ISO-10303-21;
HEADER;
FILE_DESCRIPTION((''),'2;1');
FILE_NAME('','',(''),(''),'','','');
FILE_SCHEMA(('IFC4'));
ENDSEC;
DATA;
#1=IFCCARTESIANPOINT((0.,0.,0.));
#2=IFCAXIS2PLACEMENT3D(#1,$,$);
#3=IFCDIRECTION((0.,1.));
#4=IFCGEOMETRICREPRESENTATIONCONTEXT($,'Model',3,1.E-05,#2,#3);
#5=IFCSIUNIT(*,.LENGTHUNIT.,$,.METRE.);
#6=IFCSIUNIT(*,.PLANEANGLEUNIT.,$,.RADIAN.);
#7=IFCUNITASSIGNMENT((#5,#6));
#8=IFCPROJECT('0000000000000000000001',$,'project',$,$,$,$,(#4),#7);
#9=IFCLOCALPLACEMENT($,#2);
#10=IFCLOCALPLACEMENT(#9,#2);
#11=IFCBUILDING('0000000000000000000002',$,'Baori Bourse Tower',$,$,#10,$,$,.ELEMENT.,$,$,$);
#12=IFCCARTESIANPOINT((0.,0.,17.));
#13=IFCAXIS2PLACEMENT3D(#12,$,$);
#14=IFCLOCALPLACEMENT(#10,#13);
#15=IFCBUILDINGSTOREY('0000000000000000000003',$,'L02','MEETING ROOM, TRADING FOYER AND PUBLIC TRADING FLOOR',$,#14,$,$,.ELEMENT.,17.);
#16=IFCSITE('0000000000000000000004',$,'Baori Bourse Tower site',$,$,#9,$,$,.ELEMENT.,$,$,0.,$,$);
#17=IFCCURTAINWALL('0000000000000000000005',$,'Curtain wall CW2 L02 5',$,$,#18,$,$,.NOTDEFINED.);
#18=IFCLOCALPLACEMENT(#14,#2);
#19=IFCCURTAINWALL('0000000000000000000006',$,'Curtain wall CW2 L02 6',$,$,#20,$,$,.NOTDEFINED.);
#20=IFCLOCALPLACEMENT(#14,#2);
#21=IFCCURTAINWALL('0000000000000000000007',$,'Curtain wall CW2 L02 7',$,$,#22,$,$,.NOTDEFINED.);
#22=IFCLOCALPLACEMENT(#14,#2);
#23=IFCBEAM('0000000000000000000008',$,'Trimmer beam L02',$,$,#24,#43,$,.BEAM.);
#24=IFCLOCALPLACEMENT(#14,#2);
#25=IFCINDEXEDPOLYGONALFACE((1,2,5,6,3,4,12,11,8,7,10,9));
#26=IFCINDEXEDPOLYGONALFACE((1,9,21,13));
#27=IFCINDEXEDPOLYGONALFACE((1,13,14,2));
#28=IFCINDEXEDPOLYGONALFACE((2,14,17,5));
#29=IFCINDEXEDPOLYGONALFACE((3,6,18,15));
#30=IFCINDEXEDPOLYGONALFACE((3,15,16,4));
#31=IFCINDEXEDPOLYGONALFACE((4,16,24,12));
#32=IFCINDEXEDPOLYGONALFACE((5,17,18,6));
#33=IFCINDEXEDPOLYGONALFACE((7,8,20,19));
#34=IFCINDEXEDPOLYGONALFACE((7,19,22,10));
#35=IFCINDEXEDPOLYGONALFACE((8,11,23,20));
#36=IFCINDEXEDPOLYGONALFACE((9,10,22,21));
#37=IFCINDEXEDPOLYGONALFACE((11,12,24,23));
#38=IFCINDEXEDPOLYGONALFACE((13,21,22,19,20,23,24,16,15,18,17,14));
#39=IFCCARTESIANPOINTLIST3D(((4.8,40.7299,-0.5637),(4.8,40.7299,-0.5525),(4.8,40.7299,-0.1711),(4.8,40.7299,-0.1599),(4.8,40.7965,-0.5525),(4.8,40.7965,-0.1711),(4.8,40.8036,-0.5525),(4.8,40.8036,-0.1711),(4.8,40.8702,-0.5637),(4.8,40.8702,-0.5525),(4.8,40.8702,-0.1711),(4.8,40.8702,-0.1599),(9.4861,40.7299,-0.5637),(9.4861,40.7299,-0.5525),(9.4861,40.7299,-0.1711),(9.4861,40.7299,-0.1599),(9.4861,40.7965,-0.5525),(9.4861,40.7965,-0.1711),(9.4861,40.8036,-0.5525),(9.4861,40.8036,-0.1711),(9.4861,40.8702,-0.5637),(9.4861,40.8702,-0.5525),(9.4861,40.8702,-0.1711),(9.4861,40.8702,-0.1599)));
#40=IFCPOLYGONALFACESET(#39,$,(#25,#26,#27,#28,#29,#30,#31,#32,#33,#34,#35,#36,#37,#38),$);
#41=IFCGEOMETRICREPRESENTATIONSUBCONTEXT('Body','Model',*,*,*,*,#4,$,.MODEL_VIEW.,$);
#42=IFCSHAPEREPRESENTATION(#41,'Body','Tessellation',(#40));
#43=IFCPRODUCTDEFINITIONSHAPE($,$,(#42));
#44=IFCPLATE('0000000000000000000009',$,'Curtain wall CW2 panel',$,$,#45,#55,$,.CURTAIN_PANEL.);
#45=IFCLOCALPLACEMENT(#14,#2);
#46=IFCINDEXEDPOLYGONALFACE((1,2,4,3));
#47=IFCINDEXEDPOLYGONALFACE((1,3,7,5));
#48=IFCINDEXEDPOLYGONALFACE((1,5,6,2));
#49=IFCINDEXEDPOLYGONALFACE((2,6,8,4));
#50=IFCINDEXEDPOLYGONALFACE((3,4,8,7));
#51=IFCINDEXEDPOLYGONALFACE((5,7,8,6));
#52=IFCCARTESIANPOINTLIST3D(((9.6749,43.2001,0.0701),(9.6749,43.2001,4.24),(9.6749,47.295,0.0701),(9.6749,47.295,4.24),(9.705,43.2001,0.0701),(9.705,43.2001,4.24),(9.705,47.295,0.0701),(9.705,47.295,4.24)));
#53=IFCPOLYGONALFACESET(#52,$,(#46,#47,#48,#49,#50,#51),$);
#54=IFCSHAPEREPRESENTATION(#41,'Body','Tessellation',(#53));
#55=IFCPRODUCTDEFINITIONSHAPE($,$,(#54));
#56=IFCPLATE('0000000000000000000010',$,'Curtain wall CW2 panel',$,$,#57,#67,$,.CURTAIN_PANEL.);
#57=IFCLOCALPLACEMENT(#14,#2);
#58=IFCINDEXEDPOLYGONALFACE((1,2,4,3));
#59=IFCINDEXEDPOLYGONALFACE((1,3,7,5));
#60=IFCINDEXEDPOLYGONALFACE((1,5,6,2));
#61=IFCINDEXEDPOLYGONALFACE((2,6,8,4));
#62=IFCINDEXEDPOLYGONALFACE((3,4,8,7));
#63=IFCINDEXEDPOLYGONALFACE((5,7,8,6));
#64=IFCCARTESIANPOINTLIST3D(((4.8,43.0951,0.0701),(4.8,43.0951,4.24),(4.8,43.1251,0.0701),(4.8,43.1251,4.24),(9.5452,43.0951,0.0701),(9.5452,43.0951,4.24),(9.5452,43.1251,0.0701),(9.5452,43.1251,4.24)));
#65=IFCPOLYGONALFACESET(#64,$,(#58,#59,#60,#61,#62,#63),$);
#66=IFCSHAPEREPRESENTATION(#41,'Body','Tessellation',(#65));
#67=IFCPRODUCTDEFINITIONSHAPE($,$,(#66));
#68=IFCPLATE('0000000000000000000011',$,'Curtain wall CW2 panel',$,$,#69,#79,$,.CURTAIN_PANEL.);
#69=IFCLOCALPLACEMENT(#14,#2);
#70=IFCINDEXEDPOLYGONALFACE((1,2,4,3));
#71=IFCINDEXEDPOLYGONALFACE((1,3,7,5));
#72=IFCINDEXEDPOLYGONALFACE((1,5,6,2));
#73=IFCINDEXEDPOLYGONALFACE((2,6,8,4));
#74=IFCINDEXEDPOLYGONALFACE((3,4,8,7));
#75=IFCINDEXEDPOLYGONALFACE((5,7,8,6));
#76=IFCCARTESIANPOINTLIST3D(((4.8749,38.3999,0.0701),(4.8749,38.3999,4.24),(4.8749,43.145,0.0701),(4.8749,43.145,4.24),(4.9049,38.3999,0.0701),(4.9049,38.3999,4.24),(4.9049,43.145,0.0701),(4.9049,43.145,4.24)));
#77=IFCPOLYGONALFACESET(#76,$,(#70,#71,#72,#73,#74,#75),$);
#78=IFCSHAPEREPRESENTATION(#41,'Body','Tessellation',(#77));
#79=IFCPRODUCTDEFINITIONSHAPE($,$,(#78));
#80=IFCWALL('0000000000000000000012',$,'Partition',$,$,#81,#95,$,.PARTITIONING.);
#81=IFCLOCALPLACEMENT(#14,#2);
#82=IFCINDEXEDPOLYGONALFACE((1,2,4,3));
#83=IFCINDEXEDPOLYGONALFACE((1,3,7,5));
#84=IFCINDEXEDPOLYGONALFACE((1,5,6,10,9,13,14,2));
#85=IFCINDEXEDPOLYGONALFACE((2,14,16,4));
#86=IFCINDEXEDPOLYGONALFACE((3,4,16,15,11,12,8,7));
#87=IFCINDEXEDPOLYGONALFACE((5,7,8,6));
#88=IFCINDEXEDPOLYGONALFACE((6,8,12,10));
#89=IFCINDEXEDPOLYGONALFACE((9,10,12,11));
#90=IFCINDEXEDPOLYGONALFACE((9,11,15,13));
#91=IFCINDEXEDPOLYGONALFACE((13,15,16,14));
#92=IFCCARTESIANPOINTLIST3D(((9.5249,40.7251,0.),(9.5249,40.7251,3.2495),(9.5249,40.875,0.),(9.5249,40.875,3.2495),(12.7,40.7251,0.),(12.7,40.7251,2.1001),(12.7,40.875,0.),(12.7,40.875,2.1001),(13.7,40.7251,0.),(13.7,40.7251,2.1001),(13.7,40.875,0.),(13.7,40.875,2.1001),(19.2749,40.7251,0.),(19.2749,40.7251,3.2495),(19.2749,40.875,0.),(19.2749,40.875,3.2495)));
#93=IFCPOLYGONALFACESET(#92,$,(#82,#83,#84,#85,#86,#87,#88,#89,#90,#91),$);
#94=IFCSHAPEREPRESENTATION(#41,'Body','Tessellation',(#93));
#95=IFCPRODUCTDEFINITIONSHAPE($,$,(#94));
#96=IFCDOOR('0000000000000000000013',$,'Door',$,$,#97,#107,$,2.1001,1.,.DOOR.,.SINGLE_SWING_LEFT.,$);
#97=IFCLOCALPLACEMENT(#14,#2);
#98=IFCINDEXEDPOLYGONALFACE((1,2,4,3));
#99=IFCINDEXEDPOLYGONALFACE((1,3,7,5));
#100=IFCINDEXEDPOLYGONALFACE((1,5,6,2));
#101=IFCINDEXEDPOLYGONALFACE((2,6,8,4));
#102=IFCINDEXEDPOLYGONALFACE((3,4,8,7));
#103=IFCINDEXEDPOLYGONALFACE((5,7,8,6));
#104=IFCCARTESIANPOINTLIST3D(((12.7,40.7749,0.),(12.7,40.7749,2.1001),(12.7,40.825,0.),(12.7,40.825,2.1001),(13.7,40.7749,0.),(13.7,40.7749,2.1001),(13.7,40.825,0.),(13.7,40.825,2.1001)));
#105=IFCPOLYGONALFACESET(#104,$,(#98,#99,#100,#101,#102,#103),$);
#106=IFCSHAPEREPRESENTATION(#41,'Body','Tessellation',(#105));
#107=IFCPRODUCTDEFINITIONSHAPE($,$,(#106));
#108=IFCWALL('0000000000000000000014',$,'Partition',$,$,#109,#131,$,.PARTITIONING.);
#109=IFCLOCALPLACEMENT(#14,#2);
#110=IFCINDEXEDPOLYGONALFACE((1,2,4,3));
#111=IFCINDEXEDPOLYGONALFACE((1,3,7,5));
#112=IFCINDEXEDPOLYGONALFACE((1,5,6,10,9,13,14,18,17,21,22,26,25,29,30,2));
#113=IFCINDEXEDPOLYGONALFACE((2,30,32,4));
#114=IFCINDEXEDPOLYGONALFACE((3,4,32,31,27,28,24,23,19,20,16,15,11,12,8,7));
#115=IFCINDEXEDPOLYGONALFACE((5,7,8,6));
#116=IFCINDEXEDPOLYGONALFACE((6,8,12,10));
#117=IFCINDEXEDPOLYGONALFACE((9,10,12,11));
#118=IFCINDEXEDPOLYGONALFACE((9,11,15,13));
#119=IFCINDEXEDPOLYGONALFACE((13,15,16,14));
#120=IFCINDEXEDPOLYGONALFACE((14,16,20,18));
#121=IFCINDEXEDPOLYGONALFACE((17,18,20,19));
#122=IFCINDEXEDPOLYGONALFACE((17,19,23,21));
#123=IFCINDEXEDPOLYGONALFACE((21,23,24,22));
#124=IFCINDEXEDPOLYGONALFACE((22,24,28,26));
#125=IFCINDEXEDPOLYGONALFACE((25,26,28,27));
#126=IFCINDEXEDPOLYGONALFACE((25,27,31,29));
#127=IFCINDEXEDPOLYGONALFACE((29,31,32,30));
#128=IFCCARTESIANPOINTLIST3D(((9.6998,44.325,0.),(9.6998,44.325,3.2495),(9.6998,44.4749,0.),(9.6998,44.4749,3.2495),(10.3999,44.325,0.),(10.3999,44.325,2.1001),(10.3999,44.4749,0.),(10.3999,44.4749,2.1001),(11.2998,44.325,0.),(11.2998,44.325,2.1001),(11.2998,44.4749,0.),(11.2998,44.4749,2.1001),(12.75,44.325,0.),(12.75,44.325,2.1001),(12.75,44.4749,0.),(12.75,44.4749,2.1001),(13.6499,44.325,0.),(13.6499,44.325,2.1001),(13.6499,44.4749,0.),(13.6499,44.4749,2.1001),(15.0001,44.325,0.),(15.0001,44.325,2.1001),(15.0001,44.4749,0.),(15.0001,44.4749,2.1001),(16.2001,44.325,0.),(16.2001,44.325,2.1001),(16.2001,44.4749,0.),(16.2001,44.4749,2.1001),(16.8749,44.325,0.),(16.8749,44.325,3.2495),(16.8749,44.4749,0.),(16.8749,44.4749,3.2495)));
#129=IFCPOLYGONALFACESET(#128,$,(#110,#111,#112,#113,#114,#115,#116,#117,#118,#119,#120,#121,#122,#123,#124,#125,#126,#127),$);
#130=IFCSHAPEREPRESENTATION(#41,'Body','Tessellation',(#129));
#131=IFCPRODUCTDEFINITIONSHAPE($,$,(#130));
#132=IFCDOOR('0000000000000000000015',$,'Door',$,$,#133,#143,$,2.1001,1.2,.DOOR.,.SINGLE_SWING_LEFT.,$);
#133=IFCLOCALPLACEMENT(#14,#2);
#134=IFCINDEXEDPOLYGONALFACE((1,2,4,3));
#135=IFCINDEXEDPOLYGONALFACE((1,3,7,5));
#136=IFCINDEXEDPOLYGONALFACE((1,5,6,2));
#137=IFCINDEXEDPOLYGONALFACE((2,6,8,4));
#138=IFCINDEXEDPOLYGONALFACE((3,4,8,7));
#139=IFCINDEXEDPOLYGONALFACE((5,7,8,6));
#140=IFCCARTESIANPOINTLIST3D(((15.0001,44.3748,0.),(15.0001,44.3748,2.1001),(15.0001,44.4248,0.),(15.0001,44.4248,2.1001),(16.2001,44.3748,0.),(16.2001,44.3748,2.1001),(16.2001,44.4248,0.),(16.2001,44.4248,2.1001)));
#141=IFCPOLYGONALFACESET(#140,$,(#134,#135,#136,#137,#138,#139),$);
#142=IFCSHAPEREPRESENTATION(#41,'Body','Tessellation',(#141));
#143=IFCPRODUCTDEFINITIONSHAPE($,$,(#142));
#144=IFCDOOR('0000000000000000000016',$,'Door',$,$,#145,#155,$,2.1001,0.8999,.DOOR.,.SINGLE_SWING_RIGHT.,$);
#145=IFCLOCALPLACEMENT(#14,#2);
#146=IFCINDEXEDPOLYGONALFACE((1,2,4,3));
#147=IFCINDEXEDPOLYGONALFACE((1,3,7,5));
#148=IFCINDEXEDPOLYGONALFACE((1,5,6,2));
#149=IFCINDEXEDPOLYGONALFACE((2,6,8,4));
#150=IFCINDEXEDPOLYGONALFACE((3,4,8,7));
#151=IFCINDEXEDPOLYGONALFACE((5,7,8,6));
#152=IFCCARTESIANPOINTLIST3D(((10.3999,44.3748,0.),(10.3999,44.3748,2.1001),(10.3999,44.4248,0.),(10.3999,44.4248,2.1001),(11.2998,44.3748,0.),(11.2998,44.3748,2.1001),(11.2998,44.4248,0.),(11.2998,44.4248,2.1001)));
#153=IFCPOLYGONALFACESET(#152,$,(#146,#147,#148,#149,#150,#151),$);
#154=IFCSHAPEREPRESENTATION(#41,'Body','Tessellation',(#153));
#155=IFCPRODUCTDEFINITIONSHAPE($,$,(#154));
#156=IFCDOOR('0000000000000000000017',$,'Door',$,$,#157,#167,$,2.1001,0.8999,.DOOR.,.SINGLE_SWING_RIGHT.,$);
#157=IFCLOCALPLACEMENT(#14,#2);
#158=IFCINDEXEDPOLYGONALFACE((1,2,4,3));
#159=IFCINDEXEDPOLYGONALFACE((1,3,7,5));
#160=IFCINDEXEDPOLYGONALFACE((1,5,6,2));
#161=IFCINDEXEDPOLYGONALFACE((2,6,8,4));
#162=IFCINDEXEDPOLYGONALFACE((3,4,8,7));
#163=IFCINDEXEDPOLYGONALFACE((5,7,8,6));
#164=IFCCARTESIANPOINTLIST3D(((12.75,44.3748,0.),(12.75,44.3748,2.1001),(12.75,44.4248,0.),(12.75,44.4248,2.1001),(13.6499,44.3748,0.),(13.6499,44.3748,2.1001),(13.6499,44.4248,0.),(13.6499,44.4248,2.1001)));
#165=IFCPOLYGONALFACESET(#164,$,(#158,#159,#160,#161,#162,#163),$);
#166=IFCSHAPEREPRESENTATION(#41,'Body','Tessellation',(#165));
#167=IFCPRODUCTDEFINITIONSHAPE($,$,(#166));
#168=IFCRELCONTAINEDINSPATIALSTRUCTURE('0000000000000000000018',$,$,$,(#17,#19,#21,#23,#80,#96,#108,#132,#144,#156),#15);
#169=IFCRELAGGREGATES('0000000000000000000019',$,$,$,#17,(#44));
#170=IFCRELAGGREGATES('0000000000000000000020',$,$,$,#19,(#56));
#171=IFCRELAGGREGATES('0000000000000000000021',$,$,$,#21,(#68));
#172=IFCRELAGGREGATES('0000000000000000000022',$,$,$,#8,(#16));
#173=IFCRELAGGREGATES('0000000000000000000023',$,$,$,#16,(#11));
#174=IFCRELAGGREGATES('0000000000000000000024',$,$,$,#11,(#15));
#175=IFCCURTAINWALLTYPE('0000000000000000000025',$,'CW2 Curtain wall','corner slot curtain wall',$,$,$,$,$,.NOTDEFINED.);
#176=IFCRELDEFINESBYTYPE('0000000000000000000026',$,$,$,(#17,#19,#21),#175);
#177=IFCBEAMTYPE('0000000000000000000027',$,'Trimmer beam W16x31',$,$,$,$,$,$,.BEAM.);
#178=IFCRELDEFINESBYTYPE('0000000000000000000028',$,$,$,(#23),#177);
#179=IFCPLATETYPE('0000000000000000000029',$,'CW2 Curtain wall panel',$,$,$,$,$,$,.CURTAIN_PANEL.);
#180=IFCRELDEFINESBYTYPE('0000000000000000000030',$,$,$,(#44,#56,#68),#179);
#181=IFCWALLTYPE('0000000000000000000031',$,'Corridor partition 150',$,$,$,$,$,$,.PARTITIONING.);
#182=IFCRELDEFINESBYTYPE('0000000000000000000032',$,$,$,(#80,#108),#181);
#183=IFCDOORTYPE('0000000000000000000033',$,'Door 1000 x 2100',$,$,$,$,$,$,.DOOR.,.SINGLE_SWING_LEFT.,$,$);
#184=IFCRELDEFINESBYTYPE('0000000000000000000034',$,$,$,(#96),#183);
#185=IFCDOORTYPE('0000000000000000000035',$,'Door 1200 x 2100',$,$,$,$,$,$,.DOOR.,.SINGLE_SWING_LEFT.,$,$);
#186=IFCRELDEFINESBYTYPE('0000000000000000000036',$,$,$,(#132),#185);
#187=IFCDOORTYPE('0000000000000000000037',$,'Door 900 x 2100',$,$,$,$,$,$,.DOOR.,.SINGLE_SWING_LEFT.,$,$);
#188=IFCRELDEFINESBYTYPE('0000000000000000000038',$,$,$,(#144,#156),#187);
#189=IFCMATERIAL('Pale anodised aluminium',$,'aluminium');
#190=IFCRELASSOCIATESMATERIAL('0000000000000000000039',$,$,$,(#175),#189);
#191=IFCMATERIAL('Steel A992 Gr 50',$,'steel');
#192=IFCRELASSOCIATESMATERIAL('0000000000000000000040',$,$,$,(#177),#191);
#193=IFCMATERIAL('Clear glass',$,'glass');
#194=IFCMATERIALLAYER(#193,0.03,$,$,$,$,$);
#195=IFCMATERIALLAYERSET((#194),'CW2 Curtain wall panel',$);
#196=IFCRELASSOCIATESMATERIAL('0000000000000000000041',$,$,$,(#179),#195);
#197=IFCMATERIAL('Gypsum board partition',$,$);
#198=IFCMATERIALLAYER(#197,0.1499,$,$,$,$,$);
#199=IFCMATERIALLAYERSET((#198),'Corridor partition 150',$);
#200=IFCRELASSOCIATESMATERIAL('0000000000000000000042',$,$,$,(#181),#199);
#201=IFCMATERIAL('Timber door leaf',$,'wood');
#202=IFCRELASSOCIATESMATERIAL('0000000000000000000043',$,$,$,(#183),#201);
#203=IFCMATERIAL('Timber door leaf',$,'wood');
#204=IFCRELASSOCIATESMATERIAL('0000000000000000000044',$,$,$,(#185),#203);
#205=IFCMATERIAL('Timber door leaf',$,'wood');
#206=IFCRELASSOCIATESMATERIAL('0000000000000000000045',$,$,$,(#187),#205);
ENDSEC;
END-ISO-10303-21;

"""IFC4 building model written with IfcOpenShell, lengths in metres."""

from ifc_helpers import new_model, si_unit, direction, frame, frame_2d, origin, origin_2d, place, context, subcontext, project, spatial, rectangle, i_section, extrude, material, layer, layer_set, material_profile, profile_set, type_object, element, fill, aggregate, save


model = new_model("IFC4")

# Units and contexts
model_context = context("Model", 3, precision=1e-05, world=origin(), true_north=direction((0.0, 1.0)))
body_context = subcontext(model_context, "Body", "Model", "MODEL_VIEW")
ifc_project = project(units=[si_unit("LENGTHUNIT", "METRE"), si_unit("PLANEANGLEUNIT", "RADIAN")], contexts=[model_context])

# Site, building, storey
site_placement = place(None, origin())
site = spatial("IfcSite", under=ifc_project, at=site_placement, Name="Baori Bourse Tower site", CompositionType="ELEMENT", RefElevation=0.0)
building_placement = place(site_placement, origin())
building = spatial("IfcBuilding", under=site, at=building_placement, Name="Baori Bourse Tower", CompositionType="ELEMENT")
storey_placement = place(building_placement, frame((0.0, 0.0, 17.0)))
storey = spatial("IfcBuildingStorey", under=building, at=storey_placement, Name="L02", Description="MEETING ROOM, TRADING FOYER AND PUBLIC TRADING FLOOR", CompositionType="ELEMENT", Elevation=17.0)

# Curtain walls
ifc_material_1 = material(Name="Pale anodised aluminium", Category="aluminium")
curtain_wall_type = type_object("IfcCurtainWallType", Name="CW2 Curtain wall", Description="corner slot curtain wall", PredefinedType="NOTDEFINED", material=ifc_material_1)
curtain_wall_1_placement = place(storey_placement, origin())
curtain_wall_1 = element("IfcCurtainWall", 1, at=curtain_wall_1_placement, inside=storey, type_object=curtain_wall_type, Name="Curtain wall CW2 L02 5", PredefinedType="NOTDEFINED")
curtain_wall_2_placement = place(storey_placement, origin())
curtain_wall_2 = element("IfcCurtainWall", 2, at=curtain_wall_2_placement, inside=storey, type_object=curtain_wall_type, Name="Curtain wall CW2 L02 6", PredefinedType="NOTDEFINED")
curtain_wall_3_placement = place(storey_placement, origin())
curtain_wall_3 = element("IfcCurtainWall", 3, at=curtain_wall_3_placement, inside=storey, type_object=curtain_wall_type, Name="Curtain wall CW2 L02 7", PredefinedType="NOTDEFINED")

# Beam
ifc_material_2 = material(Name="Steel A992 Gr 50", Category="steel")
ifc_material_profile_1 = material_profile(ifc_material_2, i_section(OverallWidth=0.1404, OverallDepth=0.4038, WebThickness=0.0071, FlangeThickness=0.0112, at=origin_2d()), Name="W16x31")
ifc_profile_set_1 = profile_set([ifc_material_profile_1], Name="Steel A992 Gr 50")
beam_type_1 = type_object("IfcBeamType", Name="Trimmer beam W16x31", PredefinedType="BEAM", material=ifc_profile_set_1)
beam_1_placement = place(storey_placement, frame((4.8, 40.8, -0.3618), z_axis=(1.0, 0.0, 0.0), x_axis=(0.0, 1.0, 0.0)))
element("IfcBeam", 4, at=beam_1_placement, inside=storey, type_object=beam_type_1, Name="Trimmer beam L02", PredefinedType="BEAM", context=body_context, shape_type="SweptSolid", body=[
    extrude(i_section(OverallWidth=0.1404, OverallDepth=0.4038, WebThickness=0.0071, FlangeThickness=0.0112, at=origin_2d()), origin(), (0.0, 0.0, 1.0), 4.686),
])

# Plates
ifc_material_3 = material(Name="Clear glass", Category="glass")
ifc_layer_1 = layer(ifc_material_3, 0.03)
ifc_layer_set_1 = layer_set([ifc_layer_1], Name="CW2 Curtain wall panel")
plate_type = type_object("IfcPlateType", Name="CW2 Curtain wall panel", PredefinedType="CURTAIN_PANEL", material=ifc_layer_set_1)
plate_1_placement = place(storey_placement, frame((9.6899, 45.2476, 0.0701), z_axis=(0.0, 0.0, 1.0), x_axis=(0.0, -1.0, 0.0)))
plate_1 = element("IfcPlate", 5, at=plate_1_placement, type_object=plate_type, Name="Curtain wall CW2 panel", PredefinedType="CURTAIN_PANEL", context=body_context, shape_type="SweptSolid", body=[
    extrude(rectangle(XDim=4.095, YDim=0.03, at=origin_2d()), origin(), (0.0, 0.0, 1.0), 4.1699),
])
aggregate(curtain_wall_1, [plate_1])
plate_2_placement = place(storey_placement, frame((7.1726, 43.1101, 0.0701), z_axis=(0.0, 0.0, 1.0), x_axis=(-1.0, 0.0, 0.0)))
plate_2 = element("IfcPlate", 6, at=plate_2_placement, type_object=plate_type, Name="Curtain wall CW2 panel", PredefinedType="CURTAIN_PANEL", context=body_context, shape_type="SweptSolid", body=[
    extrude(rectangle(XDim=4.7451, YDim=0.03, at=origin_2d()), origin(), (0.0, 0.0, 1.0), 4.1699),
])
aggregate(curtain_wall_2, [plate_2])
plate_3_placement = place(storey_placement, frame((4.8899, 40.7725, 0.0701), z_axis=(0.0, 0.0, 1.0), x_axis=(0.0, -1.0, 0.0)))
plate_3 = element("IfcPlate", 7, at=plate_3_placement, type_object=plate_type, Name="Curtain wall CW2 panel", PredefinedType="CURTAIN_PANEL", context=body_context, shape_type="SweptSolid", body=[
    extrude(rectangle(XDim=4.7451, YDim=0.03, at=origin_2d()), origin(), (0.0, 0.0, 1.0), 4.1699),
])
aggregate(curtain_wall_3, [plate_3])

# Wall, opening, door
ifc_material_4 = material(Name="Gypsum board partition")
ifc_layer_2 = layer(ifc_material_4, 0.1499)
ifc_layer_set_2 = layer_set([ifc_layer_2], Name="Corridor partition 150")
wall_type = type_object("IfcWallType", Name="Corridor partition 150", PredefinedType="PARTITIONING", material=ifc_layer_set_2)
wall_1_placement = place(storey_placement, frame((9.5249, 40.8, 0.0), z_axis=(0.0, 0.0, 1.0), x_axis=(1.0, 0.0, 0.0)))
wall_1 = element("IfcWall", 8, at=wall_1_placement, inside=storey, type_object=wall_type, Name="Partition", PredefinedType="PARTITIONING", context=body_context, shape_type="SweptSolid", body=[
    extrude(rectangle(XDim=9.75, YDim=0.1499, at=frame_2d((4.875, 0.0))), origin(), (0.0, 0.0, 1.0), 3.2495),
])
opening_1_placement = place(wall_1_placement, frame((3.175, 0.0, 0.0)))
opening_1 = element("IfcOpeningElement", 9, at=opening_1_placement, cuts=wall_1, PredefinedType="OPENING", context=body_context, shape_type="SweptSolid", body=[
    extrude(rectangle(XDim=1.0, YDim=2.1001, at=frame_2d((0.5, 1.05))), frame((0.0, 0.085, 0.0), z_axis=(0.0, -1.0, 0.0), x_axis=(1.0, 0.0, 0.0)), (0.0, 0.0, 1.0), 0.1699),
])
ifc_material_5 = material(Name="Timber door leaf", Category="wood")
door_type_1 = type_object("IfcDoorType", Name="Door 1000 x 2100", OperationType="SINGLE_SWING_LEFT", PredefinedType="DOOR", material=ifc_material_5)
door_1_placement = place(opening_1_placement, origin())
door_1 = element("IfcDoor", 10, at=door_1_placement, inside=storey, type_object=door_type_1, Name="Door", OperationType="SINGLE_SWING_LEFT", OverallHeight=2.1001, OverallWidth=1.0, PredefinedType="DOOR", context=body_context, shape_type="SweptSolid", body=[
    extrude(rectangle(XDim=1.0, YDim=2.1001, at=frame_2d((0.5, 1.05))), frame((0.0, 0.0249, 0.0), z_axis=(0.0, -1.0, 0.0), x_axis=(1.0, 0.0, 0.0)), (0.0, 0.0, 1.0), 0.05),
])
fill(opening_1, door_1)

# Wall, openings, doors
wall_2_placement = place(storey_placement, frame((9.7, 44.3999, 0.0), z_axis=(0.0, 0.0, 1.0), x_axis=(1.0, 0.0, 0.0)))
wall_2 = element("IfcWall", 11, at=wall_2_placement, inside=storey, type_object=wall_type, Name="Partition", PredefinedType="PARTITIONING", context=body_context, shape_type="SweptSolid", body=[
    extrude(rectangle(XDim=7.175, YDim=0.1499, at=frame_2d((3.5874, 0.0))), origin(), (0.0, 0.0, 1.0), 3.2495),
])
opening_2_placement = place(wall_2_placement, frame((0.7, 0.0, 0.0)))
opening_2 = element("IfcOpeningElement", 12, at=opening_2_placement, cuts=wall_2, PredefinedType="OPENING", context=body_context, shape_type="SweptSolid", body=[
    extrude(rectangle(XDim=0.8999, YDim=2.1001, at=frame_2d((0.45, 1.05))), frame((0.0, 0.085, 0.0), z_axis=(0.0, -1.0, 0.0), x_axis=(1.0, 0.0, 0.0)), (0.0, 0.0, 1.0), 0.1699),
])
opening_3_placement = place(wall_2_placement, frame((3.05, 0.0, 0.0)))
opening_3 = element("IfcOpeningElement", 13, at=opening_3_placement, cuts=wall_2, PredefinedType="OPENING", context=body_context, shape_type="SweptSolid", body=[
    extrude(rectangle(XDim=0.8999, YDim=2.1001, at=frame_2d((0.45, 1.05))), frame((0.0, 0.085, 0.0), z_axis=(0.0, -1.0, 0.0), x_axis=(1.0, 0.0, 0.0)), (0.0, 0.0, 1.0), 0.1699),
])
opening_4_placement = place(wall_2_placement, frame((5.3, 0.0, 0.0)))
opening_4 = element("IfcOpeningElement", 14, at=opening_4_placement, cuts=wall_2, PredefinedType="OPENING", context=body_context, shape_type="SweptSolid", body=[
    extrude(rectangle(XDim=1.2, YDim=2.1001, at=frame_2d((0.6001, 1.05))), frame((0.0, 0.085, 0.0), z_axis=(0.0, -1.0, 0.0), x_axis=(1.0, 0.0, 0.0)), (0.0, 0.0, 1.0), 0.1699),
])
ifc_material_6 = material(Name="Timber door leaf", Category="wood")
door_type_2 = type_object("IfcDoorType", Name="Door 1200 x 2100", OperationType="SINGLE_SWING_LEFT", PredefinedType="DOOR", material=ifc_material_6)
door_2_placement = place(opening_4_placement, origin())
door_2 = element("IfcDoor", 15, at=door_2_placement, inside=storey, type_object=door_type_2, Name="Door", OperationType="SINGLE_SWING_LEFT", OverallHeight=2.1001, OverallWidth=1.2, PredefinedType="DOOR", context=body_context, shape_type="SweptSolid", body=[
    extrude(rectangle(XDim=1.2, YDim=2.1001, at=frame_2d((0.6001, 1.05))), frame((0.0, 0.0249, 0.0), z_axis=(0.0, -1.0, 0.0), x_axis=(1.0, 0.0, 0.0)), (0.0, 0.0, 1.0), 0.05),
])
fill(opening_4, door_2)
ifc_material_7 = material(Name="Timber door leaf", Category="wood")
door_type_3 = type_object("IfcDoorType", Name="Door 900 x 2100", OperationType="SINGLE_SWING_LEFT", PredefinedType="DOOR", material=ifc_material_7)
door_3_placement = place(opening_2_placement, origin())
door_3 = element("IfcDoor", 16, at=door_3_placement, inside=storey, type_object=door_type_3, Name="Door", OperationType="SINGLE_SWING_RIGHT", OverallHeight=2.1001, OverallWidth=0.8999, PredefinedType="DOOR", context=body_context, shape_type="SweptSolid", body=[
    extrude(rectangle(XDim=0.8999, YDim=2.1001, at=frame_2d((0.45, 1.05))), frame((0.0, 0.0249, 0.0), z_axis=(0.0, -1.0, 0.0), x_axis=(1.0, 0.0, 0.0)), (0.0, 0.0, 1.0), 0.05),
])
fill(opening_2, door_3)
door_4_placement = place(opening_3_placement, origin())
door_4 = element("IfcDoor", 17, at=door_4_placement, inside=storey, type_object=door_type_3, Name="Door", OperationType="SINGLE_SWING_RIGHT", OverallHeight=2.1001, OverallWidth=0.8999, PredefinedType="DOOR", context=body_context, shape_type="SweptSolid", body=[
    extrude(rectangle(XDim=0.8999, YDim=2.1001, at=frame_2d((0.45, 1.05))), frame((0.0, 0.0249, 0.0), z_axis=(0.0, -1.0, 0.0), x_axis=(1.0, 0.0, 0.0)), (0.0, 0.0, 1.0), 0.05),
])
fill(opening_3, door_4)

save(model, "model.ifc")
